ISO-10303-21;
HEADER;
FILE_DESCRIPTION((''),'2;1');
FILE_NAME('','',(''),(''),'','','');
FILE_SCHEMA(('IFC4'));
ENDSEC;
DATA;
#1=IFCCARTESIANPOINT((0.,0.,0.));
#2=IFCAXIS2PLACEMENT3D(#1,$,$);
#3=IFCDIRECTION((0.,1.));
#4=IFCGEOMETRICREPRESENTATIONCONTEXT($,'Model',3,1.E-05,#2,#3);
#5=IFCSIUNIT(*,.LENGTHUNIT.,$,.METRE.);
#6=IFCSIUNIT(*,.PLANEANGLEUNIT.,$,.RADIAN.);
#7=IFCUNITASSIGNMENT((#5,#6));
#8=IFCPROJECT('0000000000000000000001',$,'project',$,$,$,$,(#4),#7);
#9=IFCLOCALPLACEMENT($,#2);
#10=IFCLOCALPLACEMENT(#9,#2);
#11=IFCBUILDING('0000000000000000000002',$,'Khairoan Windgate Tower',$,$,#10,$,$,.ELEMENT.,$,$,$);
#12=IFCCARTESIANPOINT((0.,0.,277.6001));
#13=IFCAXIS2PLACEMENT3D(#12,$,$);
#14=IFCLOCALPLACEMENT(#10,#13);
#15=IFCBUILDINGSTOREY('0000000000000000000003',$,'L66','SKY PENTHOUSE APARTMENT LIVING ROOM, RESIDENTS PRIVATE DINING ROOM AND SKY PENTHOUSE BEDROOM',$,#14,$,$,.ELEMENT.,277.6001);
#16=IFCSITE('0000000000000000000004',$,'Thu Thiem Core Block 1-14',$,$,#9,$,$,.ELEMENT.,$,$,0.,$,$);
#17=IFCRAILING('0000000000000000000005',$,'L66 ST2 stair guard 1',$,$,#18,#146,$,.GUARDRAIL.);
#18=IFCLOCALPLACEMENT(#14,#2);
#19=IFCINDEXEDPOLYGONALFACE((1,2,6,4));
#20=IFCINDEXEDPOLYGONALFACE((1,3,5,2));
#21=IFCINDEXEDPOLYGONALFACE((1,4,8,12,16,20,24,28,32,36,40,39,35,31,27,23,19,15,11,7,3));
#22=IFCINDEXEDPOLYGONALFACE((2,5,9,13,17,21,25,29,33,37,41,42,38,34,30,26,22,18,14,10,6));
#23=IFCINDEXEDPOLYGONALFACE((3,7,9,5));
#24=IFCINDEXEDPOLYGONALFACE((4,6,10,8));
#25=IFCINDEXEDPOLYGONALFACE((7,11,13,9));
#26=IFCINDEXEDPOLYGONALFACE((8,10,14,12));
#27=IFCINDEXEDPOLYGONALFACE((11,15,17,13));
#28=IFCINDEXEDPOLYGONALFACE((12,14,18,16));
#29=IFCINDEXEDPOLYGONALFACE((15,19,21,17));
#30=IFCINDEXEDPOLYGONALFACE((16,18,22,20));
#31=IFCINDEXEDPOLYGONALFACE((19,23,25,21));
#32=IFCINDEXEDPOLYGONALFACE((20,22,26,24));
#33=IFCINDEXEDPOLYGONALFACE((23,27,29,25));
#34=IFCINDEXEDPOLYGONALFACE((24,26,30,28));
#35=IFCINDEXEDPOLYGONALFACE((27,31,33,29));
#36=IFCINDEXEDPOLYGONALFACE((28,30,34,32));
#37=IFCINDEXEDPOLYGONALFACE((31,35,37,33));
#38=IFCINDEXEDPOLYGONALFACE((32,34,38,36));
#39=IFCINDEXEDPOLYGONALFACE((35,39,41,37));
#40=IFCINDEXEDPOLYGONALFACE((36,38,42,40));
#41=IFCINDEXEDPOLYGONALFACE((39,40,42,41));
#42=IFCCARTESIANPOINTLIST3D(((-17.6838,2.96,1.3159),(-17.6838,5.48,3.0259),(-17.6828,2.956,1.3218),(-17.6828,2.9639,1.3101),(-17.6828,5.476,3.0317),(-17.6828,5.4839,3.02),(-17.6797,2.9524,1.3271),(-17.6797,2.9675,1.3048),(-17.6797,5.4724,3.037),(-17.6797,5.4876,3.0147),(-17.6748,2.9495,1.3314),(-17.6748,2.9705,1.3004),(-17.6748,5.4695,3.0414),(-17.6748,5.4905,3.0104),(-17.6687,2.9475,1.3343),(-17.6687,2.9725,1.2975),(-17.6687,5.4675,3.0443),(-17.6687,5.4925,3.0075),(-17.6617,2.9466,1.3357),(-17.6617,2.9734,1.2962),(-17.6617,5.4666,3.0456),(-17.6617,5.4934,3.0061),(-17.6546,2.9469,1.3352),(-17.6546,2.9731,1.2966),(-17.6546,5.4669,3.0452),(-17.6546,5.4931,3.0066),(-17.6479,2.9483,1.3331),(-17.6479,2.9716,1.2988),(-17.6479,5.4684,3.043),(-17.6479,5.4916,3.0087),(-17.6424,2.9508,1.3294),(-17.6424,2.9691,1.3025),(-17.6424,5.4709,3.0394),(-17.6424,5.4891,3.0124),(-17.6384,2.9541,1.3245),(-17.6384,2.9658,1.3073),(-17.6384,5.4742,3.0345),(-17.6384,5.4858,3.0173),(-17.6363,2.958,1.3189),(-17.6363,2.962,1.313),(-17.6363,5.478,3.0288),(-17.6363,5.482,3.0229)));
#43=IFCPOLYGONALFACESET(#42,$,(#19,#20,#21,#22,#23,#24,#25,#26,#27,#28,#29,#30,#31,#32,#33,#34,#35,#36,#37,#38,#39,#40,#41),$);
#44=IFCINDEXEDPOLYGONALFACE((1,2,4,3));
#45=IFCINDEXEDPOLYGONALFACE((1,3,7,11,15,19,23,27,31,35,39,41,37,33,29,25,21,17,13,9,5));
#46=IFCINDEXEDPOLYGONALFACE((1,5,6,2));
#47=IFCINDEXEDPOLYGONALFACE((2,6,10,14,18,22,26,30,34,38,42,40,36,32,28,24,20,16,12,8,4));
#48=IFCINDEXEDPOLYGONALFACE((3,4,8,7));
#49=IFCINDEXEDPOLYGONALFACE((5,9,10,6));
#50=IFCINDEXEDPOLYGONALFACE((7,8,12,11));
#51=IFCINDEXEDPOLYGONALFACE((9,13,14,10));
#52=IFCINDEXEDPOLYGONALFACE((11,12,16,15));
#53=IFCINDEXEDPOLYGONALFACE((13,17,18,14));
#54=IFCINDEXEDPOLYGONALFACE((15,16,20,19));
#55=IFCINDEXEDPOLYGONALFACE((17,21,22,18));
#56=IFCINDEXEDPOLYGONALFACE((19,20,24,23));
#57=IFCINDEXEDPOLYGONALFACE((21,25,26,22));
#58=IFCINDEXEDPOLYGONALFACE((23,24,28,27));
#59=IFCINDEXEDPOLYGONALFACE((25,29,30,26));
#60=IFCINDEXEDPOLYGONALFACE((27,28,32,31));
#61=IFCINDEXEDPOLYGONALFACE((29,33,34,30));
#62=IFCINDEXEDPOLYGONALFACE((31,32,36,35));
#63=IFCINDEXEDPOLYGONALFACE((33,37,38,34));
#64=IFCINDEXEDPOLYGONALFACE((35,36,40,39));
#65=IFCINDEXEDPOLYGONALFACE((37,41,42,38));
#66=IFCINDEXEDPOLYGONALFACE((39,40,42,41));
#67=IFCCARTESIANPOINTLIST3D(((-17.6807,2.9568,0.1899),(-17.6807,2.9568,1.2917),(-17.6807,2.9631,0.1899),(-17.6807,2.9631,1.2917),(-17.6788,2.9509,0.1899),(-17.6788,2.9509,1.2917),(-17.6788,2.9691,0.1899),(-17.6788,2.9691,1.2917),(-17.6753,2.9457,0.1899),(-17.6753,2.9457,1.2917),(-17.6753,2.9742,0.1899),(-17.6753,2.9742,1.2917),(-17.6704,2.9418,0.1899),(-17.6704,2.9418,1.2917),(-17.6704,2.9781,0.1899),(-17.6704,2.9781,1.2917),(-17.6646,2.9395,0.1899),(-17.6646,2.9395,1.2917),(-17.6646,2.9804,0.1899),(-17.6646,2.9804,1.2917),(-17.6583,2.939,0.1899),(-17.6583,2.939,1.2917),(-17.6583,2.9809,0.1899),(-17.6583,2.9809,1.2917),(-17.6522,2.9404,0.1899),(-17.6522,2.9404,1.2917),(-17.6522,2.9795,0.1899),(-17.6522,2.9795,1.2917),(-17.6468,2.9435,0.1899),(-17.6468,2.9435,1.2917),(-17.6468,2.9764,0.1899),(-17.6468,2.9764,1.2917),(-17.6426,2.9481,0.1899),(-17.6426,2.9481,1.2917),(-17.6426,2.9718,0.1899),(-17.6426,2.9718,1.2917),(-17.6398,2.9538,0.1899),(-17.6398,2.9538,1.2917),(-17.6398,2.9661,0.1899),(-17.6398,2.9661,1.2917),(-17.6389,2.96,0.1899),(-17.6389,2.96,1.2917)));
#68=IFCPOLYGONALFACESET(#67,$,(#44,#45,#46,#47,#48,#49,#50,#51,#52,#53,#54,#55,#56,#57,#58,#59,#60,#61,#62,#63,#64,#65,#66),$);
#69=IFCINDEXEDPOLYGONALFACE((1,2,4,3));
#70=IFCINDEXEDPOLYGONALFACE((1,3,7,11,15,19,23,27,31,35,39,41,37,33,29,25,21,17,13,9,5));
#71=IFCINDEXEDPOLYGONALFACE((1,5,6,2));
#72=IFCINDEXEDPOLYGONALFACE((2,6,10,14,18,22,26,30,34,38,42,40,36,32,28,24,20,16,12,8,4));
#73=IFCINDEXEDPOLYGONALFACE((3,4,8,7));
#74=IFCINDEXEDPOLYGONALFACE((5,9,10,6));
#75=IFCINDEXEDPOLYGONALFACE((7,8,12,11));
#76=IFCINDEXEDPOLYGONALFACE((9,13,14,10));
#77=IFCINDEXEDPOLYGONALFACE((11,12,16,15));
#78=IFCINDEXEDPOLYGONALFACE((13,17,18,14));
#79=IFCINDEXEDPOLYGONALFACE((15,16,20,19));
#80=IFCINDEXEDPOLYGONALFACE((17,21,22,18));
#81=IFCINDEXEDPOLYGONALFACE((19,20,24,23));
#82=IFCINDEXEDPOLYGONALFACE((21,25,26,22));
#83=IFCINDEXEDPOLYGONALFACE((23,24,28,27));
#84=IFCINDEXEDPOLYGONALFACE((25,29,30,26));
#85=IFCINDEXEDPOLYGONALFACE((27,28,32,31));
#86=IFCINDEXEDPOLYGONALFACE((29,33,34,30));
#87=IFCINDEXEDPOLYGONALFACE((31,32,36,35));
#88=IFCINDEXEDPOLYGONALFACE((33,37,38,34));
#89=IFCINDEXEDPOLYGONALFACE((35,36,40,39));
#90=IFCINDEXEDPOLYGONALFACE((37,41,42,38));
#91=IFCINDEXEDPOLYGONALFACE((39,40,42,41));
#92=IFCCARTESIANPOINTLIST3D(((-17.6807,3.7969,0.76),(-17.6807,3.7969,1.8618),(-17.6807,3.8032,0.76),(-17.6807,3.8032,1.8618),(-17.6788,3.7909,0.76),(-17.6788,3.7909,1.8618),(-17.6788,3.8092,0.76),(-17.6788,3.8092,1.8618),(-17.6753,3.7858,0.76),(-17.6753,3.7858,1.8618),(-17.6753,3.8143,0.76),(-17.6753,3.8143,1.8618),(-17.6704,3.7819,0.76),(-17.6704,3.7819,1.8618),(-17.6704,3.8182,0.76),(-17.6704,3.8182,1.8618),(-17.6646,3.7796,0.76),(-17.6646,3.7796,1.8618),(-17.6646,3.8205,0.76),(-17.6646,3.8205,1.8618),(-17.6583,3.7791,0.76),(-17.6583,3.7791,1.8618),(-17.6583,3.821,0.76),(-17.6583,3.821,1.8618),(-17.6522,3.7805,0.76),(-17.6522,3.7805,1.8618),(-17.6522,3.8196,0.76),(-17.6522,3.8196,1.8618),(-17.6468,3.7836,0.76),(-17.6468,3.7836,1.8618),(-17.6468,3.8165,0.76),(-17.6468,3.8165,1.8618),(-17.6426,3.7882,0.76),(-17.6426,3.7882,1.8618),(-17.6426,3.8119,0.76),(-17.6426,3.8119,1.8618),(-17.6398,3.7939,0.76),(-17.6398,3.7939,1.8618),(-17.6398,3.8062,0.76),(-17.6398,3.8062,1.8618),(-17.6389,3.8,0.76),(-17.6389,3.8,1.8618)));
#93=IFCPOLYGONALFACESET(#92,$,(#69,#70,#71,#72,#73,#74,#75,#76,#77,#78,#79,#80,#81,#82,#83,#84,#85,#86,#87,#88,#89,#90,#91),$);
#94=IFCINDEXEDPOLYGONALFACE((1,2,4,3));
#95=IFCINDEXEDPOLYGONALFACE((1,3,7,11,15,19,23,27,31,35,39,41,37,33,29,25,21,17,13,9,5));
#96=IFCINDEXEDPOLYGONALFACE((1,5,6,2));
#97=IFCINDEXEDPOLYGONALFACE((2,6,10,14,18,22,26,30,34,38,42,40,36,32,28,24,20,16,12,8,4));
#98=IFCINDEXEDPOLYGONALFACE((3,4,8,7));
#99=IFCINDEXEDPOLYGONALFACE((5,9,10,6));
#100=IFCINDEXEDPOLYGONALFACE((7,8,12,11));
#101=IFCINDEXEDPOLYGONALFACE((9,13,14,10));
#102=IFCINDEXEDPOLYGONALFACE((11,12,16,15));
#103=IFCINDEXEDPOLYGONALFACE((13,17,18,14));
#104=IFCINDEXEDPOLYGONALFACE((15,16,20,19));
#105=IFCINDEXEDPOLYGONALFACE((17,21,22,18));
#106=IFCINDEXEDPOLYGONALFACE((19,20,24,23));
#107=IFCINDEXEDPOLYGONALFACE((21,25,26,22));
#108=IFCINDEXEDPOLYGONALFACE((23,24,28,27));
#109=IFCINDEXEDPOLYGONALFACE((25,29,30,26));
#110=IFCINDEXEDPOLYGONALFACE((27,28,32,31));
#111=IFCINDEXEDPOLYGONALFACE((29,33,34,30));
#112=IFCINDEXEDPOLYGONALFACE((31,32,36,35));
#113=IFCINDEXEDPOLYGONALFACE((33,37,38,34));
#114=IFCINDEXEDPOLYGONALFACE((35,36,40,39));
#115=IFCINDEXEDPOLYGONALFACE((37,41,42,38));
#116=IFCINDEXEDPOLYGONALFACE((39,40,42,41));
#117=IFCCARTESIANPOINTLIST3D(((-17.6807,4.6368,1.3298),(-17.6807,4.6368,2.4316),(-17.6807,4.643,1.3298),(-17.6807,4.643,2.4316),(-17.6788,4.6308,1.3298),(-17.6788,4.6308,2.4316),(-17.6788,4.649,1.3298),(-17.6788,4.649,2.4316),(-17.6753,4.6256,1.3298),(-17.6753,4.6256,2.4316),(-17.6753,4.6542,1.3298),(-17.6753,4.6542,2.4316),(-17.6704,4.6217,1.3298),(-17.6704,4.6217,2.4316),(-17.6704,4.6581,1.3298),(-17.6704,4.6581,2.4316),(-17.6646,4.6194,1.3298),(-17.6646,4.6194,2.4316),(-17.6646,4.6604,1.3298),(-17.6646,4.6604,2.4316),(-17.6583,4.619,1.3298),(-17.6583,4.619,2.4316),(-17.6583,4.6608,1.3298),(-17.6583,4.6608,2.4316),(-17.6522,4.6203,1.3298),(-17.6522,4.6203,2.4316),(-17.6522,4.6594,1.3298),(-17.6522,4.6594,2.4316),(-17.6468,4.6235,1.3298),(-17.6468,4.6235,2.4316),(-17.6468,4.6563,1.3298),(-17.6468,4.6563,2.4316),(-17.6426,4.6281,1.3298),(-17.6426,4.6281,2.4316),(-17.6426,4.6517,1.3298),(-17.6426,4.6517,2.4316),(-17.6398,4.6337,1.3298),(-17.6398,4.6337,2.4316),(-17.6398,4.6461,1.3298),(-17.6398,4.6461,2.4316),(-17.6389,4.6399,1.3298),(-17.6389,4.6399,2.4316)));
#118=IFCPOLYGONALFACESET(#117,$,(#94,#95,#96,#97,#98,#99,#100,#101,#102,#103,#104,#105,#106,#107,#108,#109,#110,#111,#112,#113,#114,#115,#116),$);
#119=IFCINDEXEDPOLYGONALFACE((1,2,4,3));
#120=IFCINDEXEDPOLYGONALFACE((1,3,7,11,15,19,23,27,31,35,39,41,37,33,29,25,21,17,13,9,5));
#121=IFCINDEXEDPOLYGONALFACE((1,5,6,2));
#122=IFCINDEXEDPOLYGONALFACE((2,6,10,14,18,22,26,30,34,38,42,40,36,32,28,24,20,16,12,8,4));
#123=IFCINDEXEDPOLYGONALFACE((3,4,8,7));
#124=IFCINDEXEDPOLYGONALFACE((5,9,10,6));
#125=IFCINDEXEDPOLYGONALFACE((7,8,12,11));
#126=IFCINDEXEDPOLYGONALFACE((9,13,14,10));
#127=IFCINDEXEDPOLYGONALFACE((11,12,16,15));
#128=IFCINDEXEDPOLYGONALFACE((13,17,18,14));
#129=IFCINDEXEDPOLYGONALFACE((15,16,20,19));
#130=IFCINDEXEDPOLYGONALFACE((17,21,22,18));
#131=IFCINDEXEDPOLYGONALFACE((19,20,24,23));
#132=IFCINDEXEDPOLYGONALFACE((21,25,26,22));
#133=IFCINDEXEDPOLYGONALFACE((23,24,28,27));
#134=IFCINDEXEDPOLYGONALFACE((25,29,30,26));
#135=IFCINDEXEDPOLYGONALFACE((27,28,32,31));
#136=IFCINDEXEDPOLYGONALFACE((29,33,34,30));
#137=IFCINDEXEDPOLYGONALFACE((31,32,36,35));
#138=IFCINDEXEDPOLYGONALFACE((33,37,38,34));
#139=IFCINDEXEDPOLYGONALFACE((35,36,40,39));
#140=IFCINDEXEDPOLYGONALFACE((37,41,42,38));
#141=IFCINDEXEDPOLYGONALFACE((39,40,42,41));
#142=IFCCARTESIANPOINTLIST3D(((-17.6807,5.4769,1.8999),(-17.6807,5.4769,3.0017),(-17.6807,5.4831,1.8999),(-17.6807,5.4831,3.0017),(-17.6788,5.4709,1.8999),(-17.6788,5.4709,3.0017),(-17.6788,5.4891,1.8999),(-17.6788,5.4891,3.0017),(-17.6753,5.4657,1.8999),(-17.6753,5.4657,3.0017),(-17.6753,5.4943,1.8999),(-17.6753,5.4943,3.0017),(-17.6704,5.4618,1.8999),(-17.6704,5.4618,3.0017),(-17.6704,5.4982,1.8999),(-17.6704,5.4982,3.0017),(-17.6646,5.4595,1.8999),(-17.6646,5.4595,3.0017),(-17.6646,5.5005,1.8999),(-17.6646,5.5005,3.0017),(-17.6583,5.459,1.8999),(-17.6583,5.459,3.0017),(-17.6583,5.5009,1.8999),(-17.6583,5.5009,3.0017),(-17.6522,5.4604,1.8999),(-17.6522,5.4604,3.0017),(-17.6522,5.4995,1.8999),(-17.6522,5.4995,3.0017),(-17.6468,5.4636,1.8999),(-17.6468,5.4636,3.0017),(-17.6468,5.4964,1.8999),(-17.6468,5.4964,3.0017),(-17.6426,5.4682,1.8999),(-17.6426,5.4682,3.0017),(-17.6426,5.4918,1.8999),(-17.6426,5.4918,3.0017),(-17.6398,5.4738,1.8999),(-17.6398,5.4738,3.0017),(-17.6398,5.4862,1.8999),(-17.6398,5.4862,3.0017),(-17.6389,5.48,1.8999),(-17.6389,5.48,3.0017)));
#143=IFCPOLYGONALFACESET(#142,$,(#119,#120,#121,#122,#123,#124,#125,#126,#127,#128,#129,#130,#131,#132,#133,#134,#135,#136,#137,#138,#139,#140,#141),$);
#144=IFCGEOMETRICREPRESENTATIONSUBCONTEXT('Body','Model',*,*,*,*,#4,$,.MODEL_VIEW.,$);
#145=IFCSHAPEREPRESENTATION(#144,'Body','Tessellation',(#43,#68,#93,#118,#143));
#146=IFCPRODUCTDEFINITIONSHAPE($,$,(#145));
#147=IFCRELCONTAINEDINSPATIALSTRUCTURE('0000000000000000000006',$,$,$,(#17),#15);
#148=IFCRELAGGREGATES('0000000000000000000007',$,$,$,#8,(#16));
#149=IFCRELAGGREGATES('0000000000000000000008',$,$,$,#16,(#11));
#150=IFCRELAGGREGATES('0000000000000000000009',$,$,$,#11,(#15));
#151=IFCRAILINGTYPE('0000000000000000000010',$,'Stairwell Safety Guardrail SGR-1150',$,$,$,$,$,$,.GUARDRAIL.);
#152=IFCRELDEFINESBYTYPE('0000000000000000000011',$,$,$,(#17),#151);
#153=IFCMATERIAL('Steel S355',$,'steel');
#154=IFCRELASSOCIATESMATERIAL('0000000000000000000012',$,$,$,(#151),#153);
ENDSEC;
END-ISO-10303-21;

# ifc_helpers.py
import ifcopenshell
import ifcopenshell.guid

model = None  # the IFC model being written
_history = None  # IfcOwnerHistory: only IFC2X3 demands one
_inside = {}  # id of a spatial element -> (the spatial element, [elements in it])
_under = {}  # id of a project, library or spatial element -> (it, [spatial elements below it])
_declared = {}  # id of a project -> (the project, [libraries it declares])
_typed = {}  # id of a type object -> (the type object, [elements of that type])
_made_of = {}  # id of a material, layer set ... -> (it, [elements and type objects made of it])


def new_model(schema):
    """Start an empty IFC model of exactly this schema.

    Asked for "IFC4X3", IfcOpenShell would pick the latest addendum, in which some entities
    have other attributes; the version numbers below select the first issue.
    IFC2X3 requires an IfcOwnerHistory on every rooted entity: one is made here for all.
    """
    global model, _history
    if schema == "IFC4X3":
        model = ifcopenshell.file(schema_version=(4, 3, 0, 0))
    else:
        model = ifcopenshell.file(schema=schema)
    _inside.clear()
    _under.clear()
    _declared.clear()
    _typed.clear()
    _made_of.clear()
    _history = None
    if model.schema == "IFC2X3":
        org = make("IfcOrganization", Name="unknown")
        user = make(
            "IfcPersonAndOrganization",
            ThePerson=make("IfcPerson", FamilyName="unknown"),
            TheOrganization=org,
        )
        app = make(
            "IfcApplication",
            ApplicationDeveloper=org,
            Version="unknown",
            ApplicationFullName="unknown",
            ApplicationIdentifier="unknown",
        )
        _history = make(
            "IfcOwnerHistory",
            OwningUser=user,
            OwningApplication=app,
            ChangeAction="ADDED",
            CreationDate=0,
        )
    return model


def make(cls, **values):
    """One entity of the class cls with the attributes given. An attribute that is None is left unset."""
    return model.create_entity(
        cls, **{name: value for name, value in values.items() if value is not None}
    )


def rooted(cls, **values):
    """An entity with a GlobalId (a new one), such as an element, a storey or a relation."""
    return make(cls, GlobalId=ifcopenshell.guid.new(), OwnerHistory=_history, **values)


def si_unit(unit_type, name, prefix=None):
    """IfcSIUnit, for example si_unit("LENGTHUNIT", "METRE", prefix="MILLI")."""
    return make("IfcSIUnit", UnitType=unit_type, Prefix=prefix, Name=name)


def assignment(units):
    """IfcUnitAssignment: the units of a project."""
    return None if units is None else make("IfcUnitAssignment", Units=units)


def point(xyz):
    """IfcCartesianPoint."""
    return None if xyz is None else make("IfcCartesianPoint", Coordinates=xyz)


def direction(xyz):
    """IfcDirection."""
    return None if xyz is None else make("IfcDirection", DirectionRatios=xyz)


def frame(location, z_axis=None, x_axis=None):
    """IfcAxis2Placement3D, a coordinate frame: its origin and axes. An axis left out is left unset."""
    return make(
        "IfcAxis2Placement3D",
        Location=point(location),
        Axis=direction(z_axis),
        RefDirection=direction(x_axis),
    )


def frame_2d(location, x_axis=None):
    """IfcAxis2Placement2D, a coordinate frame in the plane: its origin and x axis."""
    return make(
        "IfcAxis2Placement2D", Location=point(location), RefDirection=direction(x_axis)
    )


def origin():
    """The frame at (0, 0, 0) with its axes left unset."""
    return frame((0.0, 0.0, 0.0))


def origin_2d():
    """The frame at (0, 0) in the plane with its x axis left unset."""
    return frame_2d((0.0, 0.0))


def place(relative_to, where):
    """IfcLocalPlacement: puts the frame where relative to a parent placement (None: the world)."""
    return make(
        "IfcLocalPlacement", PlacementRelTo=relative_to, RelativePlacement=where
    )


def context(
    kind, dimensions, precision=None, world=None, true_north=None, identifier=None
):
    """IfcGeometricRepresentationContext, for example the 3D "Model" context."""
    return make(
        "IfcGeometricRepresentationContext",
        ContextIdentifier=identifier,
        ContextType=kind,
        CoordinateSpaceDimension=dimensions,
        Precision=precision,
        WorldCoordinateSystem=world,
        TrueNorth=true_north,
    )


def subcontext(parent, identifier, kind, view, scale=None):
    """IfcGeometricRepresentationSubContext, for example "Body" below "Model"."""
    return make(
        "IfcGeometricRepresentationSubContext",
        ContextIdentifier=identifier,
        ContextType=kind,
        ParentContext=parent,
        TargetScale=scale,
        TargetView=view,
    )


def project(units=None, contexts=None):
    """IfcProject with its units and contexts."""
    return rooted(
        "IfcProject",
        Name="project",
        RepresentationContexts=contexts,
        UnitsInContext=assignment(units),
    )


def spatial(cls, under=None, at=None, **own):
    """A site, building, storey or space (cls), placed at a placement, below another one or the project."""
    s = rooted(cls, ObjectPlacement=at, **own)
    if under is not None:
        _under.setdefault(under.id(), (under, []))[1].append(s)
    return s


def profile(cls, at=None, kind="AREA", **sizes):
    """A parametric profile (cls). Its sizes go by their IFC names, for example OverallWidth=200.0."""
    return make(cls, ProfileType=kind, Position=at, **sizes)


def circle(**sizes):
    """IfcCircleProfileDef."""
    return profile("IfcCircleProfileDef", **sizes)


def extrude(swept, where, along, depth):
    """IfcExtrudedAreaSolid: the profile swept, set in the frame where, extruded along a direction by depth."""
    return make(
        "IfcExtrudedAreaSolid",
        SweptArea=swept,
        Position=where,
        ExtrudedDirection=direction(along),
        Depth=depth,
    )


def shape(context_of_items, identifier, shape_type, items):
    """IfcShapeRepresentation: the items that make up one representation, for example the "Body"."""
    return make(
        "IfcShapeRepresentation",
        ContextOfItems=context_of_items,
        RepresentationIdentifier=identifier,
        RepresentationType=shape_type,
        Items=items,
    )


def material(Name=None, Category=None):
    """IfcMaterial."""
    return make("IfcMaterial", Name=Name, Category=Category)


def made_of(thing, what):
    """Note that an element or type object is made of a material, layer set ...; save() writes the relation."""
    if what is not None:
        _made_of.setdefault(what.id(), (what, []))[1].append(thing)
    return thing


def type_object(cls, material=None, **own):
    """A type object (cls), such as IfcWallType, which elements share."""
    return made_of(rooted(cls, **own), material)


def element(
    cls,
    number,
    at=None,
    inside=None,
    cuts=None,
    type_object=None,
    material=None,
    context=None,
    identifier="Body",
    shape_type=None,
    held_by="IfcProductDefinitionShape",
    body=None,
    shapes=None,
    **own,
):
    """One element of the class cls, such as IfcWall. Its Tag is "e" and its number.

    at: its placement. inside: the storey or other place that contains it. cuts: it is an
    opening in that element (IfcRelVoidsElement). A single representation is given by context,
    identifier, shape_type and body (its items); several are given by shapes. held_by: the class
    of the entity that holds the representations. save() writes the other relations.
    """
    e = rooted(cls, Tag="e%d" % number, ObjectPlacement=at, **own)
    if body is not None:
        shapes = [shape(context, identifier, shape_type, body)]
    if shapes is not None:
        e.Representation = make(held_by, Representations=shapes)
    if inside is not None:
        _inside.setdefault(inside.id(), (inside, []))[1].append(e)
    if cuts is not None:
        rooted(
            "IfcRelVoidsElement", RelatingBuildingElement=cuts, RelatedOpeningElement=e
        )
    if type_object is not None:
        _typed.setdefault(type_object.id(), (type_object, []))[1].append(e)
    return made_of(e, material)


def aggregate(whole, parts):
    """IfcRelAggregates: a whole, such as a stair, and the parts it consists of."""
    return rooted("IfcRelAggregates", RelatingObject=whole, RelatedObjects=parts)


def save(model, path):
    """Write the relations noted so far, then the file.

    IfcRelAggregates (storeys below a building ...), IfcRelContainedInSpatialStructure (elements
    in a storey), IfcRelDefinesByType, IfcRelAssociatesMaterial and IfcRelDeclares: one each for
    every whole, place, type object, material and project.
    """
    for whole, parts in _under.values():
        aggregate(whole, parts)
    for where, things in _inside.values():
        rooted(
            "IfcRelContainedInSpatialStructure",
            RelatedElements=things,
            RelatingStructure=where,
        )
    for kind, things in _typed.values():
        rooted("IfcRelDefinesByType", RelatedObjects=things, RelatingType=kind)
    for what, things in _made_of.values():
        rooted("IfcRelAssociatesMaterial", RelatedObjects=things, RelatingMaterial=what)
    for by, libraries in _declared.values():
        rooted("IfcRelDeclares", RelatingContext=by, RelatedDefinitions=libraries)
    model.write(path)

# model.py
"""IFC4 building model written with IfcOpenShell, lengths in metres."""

from ifc_helpers import new_model, si_unit, direction, frame, origin, origin_2d, place, context, subcontext, project, spatial, circle, extrude, material, type_object, element, save


model = new_model("IFC4")

# Units and contexts
model_context = context("Model", 3, precision=1e-05, world=origin(), true_north=direction((0.0, 1.0)))
body_context = subcontext(model_context, "Body", "Model", "MODEL_VIEW")
ifc_project = project(units=[si_unit("LENGTHUNIT", "METRE"), si_unit("PLANEANGLEUNIT", "RADIAN")], contexts=[model_context])

# Site, building, storey
site_placement = place(None, origin())
site = spatial("IfcSite", under=ifc_project, at=site_placement, Name="Thu Thiem Core Block 1-14", CompositionType="ELEMENT", RefElevation=0.0)
building_placement = place(site_placement, origin())
building = spatial("IfcBuilding", under=site, at=building_placement, Name="Khairoan Windgate Tower", CompositionType="ELEMENT")
storey_placement = place(building_placement, frame((0.0, 0.0, 277.6001)))
storey = spatial("IfcBuildingStorey", under=building, at=storey_placement, Name="L66", Description="SKY PENTHOUSE APARTMENT LIVING ROOM, RESIDENTS PRIVATE DINING ROOM AND SKY PENTHOUSE BEDROOM", CompositionType="ELEMENT", Elevation=277.6001)

# Railing
ifc_material_1 = material(Name="Steel S355", Category="steel")
railing_type_1 = type_object("IfcRailingType", Name="Stairwell Safety Guardrail SGR-1150", PredefinedType="GUARDRAIL", material=ifc_material_1)
railing_1_placement = place(storey_placement, frame((-17.6599, 2.96, 0.1899)))
element("IfcRailing", 1, at=railing_1_placement, inside=storey, type_object=railing_type_1, Name="L66 ST2 stair guard 1", PredefinedType="GUARDRAIL", context=body_context, shape_type="SweptSolid", body=[
    extrude(circle(Radius=0.0239, at=origin_2d()), frame((0.0, 0.0, 1.126), z_axis=(0.0, 0.827484, 0.56149), x_axis=(-1.0, 0.0, 0.0)), (0.0, 0.0, 1.0), 3.0454),
    extrude(circle(Radius=0.021, at=origin_2d()), origin(), (0.0, 0.0, 1.0), 1.1018),
    extrude(circle(Radius=0.021, at=origin_2d()), frame((0.0, 0.8401, 0.5701)), (0.0, 0.0, 1.0), 1.1018),
    extrude(circle(Radius=0.021, at=origin_2d()), frame((0.0, 1.6799, 1.1399)), (0.0, 0.0, 1.0), 1.1018),
    extrude(circle(Radius=0.021, at=origin_2d()), frame((0.0, 2.52, 1.71)), (0.0, 0.0, 1.0), 1.1018),
])

save(model, "model.ifc")
